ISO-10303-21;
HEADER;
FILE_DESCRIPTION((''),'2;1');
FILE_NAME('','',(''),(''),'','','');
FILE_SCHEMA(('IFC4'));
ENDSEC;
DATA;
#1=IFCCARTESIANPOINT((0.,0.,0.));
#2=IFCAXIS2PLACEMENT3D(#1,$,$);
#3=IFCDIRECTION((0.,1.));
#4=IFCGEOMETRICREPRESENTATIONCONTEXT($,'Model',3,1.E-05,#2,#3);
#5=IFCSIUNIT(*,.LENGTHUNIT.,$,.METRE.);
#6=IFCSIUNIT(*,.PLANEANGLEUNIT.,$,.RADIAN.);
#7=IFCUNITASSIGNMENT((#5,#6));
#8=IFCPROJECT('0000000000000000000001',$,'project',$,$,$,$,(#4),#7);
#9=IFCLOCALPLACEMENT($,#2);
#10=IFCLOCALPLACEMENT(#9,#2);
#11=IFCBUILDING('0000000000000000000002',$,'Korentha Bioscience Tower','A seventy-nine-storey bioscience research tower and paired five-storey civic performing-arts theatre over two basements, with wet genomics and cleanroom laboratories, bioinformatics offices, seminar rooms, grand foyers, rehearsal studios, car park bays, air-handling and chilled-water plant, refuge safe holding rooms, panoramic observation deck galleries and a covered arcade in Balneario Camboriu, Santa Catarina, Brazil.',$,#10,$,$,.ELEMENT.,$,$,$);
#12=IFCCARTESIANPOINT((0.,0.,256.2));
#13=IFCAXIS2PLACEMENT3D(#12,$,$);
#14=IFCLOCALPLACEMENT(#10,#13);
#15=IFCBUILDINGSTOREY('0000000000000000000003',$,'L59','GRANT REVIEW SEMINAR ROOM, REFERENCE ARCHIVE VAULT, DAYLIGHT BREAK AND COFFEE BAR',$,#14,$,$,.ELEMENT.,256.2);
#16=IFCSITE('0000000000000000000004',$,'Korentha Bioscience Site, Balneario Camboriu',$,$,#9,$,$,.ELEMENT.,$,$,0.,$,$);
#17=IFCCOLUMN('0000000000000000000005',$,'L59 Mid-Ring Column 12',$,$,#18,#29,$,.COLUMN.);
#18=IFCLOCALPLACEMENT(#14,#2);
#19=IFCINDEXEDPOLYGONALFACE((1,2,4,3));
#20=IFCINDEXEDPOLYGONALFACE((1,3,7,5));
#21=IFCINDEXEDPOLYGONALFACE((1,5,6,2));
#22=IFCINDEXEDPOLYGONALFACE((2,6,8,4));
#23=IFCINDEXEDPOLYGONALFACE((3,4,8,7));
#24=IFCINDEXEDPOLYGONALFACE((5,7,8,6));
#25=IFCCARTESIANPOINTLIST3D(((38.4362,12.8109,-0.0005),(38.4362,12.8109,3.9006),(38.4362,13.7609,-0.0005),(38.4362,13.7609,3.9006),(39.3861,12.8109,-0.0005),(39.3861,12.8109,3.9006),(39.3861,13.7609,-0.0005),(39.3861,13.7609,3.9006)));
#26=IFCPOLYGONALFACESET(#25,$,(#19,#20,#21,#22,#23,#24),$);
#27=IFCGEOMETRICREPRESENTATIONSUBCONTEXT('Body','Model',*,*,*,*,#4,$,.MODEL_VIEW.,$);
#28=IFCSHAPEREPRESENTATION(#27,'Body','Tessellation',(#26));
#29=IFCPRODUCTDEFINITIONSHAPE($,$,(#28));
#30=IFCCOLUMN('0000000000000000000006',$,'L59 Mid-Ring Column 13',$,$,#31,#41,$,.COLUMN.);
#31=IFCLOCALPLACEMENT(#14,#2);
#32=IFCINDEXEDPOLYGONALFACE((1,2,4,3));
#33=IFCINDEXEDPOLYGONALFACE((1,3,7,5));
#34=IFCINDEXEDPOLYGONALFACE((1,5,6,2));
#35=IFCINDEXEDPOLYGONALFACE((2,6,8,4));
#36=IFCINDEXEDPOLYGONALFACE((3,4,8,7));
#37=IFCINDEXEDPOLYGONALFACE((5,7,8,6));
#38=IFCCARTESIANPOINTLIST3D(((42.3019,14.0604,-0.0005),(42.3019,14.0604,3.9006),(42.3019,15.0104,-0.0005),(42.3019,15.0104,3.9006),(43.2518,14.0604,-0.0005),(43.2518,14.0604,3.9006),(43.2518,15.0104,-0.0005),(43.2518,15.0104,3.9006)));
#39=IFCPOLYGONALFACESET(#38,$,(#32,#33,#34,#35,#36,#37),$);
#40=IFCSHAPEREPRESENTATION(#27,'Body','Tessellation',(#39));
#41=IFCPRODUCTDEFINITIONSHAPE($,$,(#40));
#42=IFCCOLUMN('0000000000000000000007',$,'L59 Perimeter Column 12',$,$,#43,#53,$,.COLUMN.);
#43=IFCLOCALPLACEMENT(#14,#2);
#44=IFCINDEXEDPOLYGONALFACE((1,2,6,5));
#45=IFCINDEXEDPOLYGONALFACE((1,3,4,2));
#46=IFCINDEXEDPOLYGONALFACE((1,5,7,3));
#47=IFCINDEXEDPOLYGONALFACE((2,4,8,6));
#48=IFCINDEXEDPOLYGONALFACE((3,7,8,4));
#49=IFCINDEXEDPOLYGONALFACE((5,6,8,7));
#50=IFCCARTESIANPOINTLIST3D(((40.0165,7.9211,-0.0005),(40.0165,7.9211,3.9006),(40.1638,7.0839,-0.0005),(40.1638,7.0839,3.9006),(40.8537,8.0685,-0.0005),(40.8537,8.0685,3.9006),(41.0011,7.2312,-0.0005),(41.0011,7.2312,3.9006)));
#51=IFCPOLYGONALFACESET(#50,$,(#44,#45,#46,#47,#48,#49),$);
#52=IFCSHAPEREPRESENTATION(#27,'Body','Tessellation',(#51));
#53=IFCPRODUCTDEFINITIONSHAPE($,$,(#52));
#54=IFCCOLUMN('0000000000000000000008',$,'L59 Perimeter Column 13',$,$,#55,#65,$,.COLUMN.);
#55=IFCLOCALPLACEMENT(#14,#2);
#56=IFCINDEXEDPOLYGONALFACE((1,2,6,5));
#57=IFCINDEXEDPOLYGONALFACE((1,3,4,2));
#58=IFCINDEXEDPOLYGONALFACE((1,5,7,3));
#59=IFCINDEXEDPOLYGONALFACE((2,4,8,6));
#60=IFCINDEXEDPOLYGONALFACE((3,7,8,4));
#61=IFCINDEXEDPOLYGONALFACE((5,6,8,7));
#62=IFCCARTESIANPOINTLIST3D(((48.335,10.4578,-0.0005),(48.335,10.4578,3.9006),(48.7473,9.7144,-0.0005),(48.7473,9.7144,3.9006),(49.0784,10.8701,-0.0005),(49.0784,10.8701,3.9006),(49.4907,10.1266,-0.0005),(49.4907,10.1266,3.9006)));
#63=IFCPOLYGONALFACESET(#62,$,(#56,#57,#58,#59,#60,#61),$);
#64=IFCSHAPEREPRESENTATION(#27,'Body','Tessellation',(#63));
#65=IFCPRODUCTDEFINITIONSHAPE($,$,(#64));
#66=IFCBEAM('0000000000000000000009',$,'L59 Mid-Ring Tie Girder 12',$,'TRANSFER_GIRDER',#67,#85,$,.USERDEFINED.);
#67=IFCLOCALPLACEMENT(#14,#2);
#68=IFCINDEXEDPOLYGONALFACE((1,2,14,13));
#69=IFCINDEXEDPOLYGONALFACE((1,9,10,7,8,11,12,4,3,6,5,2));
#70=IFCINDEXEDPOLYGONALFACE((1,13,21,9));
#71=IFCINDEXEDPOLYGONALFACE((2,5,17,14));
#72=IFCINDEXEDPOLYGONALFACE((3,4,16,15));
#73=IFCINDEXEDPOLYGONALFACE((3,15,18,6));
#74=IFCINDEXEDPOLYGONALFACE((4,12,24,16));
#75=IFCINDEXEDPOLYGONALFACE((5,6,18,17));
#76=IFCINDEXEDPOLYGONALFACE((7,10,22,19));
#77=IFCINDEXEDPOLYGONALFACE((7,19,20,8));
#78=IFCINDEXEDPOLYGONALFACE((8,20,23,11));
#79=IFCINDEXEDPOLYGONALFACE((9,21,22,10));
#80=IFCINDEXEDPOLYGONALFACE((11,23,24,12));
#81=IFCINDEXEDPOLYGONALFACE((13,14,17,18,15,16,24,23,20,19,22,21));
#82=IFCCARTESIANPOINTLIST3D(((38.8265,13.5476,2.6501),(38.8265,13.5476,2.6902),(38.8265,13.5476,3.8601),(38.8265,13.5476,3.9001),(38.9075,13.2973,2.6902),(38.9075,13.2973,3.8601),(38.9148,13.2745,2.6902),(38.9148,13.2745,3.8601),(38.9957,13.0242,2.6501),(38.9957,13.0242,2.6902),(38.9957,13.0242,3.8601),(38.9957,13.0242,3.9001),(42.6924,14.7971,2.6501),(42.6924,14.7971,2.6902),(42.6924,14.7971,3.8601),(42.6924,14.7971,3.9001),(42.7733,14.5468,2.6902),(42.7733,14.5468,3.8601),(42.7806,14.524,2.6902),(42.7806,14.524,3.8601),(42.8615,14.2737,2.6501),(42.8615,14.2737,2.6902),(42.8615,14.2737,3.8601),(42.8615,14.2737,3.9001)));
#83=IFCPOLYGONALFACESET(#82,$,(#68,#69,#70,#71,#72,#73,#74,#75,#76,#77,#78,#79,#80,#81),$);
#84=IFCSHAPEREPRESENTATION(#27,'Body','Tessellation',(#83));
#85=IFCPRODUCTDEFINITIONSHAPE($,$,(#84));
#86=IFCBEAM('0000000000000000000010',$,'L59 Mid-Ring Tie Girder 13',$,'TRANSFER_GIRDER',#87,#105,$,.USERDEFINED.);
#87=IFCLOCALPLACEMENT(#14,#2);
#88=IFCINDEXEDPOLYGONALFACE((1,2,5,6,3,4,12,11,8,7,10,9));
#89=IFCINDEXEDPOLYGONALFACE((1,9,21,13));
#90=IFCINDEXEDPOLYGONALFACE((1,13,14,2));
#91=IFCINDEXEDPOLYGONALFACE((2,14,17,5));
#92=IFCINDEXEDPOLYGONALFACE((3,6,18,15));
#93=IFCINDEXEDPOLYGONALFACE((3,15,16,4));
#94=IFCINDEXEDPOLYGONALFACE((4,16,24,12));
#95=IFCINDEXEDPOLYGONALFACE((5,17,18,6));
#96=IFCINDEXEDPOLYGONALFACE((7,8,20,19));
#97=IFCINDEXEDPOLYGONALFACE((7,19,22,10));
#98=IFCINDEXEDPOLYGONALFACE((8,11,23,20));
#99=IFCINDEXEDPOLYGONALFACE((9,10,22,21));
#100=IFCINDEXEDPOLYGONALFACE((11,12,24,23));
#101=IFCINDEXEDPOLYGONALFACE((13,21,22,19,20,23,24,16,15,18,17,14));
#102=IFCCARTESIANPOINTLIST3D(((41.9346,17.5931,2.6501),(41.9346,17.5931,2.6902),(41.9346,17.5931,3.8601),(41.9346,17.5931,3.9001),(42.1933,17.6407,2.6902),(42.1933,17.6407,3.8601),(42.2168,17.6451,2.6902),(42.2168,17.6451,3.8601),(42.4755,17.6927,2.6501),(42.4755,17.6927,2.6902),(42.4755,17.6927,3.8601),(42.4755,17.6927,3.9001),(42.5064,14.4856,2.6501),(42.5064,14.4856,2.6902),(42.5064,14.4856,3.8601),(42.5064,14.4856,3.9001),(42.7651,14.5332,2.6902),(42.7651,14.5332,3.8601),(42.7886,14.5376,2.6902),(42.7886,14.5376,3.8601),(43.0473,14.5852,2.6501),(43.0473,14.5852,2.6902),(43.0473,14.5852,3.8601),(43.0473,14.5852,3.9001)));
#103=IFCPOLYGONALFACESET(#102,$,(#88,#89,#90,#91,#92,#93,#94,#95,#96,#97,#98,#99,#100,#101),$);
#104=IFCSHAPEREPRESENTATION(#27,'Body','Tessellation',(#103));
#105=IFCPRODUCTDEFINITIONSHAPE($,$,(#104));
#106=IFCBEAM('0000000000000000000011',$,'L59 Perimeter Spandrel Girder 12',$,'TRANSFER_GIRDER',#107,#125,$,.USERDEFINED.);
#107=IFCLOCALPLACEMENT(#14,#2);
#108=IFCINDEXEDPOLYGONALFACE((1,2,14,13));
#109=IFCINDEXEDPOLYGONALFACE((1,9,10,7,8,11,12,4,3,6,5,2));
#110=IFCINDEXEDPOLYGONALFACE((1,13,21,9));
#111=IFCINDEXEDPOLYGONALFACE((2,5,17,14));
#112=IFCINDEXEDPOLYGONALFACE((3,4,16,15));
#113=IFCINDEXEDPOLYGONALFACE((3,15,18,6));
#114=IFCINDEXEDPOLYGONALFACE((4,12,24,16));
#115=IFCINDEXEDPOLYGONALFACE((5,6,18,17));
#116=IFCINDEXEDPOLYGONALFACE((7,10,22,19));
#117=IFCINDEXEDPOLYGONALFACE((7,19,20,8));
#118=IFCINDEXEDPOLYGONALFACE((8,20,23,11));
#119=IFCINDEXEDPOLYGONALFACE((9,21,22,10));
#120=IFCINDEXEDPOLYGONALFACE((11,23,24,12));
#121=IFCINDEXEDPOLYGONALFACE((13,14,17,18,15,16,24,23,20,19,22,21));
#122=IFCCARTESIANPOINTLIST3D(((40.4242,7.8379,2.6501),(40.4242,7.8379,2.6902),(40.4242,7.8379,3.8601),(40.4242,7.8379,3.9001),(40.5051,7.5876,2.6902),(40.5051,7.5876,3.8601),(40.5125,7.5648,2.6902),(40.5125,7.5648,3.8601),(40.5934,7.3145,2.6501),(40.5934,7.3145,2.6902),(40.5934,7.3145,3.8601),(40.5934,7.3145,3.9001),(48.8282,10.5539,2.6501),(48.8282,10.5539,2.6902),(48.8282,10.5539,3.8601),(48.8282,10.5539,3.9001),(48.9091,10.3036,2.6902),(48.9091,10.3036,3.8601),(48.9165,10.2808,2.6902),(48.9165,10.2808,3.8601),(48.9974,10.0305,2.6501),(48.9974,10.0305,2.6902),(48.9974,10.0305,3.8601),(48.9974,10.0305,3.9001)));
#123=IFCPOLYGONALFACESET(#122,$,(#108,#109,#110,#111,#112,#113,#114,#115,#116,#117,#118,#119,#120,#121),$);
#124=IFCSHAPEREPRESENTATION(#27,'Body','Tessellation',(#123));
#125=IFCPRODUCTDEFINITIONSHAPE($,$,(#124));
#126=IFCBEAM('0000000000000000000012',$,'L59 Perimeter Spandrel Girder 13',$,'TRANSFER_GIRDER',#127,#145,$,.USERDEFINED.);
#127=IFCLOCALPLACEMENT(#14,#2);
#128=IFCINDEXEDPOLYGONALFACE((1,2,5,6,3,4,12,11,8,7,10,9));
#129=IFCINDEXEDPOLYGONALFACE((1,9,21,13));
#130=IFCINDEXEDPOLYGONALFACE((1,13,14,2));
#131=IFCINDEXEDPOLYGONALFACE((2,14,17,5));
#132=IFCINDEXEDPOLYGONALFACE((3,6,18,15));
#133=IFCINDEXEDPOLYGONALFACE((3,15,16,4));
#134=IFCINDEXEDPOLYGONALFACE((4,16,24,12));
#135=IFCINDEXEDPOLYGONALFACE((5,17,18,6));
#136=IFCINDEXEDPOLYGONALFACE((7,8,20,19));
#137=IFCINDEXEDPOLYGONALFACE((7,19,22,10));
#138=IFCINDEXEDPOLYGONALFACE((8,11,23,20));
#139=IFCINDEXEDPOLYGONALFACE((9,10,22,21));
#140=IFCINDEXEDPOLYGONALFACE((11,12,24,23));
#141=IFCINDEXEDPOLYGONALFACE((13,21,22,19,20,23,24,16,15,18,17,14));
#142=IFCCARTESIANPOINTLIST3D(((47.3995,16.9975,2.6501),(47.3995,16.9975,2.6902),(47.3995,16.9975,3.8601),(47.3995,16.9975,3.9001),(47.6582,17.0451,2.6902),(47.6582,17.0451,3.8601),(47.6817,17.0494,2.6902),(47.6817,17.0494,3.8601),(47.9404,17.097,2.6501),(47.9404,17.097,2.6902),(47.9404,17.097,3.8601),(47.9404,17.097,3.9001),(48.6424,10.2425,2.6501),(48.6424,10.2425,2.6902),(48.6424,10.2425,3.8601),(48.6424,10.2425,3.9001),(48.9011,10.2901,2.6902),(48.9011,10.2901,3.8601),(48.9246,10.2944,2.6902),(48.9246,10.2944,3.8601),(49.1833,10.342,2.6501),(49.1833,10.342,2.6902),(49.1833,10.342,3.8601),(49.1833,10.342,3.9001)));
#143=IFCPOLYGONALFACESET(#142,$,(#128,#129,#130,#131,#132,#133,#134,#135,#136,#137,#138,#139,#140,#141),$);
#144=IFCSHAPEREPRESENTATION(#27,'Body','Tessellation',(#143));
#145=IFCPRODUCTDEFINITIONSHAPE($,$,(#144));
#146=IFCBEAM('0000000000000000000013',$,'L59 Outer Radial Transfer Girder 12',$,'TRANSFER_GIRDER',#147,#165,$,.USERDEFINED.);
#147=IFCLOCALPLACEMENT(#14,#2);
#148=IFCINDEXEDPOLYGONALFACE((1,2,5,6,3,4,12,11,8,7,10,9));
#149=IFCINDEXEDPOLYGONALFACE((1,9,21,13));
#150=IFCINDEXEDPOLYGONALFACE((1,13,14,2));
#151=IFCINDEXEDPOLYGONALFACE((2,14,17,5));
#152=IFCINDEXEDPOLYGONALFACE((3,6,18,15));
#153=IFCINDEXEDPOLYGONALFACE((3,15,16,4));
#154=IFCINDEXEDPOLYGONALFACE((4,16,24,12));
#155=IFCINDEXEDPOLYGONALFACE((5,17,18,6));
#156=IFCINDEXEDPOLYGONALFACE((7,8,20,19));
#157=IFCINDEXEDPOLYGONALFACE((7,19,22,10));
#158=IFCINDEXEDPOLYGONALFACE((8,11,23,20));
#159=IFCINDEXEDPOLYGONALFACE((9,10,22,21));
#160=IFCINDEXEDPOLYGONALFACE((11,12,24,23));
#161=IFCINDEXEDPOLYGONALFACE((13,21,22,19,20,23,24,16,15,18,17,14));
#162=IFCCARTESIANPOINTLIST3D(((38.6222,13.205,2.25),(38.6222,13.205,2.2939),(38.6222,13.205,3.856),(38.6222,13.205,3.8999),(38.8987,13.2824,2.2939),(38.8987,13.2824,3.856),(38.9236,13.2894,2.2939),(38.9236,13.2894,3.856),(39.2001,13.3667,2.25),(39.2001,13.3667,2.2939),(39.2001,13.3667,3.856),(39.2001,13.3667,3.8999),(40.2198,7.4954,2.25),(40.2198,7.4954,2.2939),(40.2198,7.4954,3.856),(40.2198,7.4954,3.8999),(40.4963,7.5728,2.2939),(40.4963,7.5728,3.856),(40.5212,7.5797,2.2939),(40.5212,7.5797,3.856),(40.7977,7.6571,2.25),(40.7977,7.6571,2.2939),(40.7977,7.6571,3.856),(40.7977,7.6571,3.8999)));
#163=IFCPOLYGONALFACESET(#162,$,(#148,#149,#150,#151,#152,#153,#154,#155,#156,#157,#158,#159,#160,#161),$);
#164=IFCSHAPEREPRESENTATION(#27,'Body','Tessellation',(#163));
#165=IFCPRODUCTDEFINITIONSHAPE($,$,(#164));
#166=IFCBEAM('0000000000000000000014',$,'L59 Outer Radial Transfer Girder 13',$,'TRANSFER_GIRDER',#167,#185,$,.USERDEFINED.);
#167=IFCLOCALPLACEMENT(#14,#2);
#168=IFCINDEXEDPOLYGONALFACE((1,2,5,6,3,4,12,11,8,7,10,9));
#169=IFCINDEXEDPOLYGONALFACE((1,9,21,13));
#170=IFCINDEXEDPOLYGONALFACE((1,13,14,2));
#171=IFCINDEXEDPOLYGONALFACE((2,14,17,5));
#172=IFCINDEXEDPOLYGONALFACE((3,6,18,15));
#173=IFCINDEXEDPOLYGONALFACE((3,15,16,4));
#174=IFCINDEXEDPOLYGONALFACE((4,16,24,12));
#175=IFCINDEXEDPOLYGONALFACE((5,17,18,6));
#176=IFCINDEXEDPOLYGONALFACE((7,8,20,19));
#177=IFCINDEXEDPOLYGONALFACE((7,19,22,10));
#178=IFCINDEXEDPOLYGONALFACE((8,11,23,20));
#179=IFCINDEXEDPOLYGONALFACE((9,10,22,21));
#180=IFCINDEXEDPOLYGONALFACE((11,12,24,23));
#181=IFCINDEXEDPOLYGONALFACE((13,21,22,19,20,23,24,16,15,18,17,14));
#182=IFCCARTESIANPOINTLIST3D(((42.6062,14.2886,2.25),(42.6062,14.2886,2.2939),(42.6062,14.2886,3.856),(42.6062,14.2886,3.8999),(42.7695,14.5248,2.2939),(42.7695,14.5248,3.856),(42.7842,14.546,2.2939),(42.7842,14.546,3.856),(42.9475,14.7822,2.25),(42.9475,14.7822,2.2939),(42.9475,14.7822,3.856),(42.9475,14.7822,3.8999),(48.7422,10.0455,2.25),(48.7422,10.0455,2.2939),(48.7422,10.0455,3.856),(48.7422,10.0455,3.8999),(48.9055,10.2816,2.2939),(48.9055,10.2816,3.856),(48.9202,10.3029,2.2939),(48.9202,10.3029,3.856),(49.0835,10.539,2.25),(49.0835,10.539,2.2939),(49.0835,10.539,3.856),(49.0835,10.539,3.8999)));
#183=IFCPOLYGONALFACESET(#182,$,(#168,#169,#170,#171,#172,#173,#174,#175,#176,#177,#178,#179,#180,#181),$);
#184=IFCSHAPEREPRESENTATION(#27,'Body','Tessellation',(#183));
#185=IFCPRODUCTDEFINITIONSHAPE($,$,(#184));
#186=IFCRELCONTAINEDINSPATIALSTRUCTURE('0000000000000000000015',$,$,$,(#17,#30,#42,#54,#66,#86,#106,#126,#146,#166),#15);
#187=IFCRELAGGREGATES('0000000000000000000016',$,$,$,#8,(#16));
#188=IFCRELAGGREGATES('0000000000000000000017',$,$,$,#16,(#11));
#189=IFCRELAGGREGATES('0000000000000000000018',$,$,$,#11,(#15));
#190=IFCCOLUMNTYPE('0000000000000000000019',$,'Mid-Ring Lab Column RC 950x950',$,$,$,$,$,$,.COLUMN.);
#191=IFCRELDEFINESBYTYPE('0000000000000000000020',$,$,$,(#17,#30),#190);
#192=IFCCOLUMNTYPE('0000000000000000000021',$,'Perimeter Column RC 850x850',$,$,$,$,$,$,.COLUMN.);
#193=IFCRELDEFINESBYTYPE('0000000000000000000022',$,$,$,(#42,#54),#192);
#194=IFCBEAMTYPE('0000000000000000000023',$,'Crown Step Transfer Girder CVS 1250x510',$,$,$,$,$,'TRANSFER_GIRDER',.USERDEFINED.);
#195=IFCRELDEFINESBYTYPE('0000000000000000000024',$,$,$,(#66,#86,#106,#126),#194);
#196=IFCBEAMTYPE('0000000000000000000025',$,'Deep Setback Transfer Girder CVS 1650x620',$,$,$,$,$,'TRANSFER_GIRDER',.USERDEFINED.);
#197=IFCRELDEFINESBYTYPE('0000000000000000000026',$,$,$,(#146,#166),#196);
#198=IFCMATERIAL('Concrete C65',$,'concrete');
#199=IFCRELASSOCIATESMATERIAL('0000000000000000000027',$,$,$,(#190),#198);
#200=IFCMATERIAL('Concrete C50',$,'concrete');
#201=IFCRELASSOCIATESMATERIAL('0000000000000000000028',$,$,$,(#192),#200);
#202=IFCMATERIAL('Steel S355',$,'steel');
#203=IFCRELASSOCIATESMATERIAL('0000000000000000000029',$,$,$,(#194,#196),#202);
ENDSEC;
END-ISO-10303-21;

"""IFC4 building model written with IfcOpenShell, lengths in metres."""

from ifc_helpers import new_model, si_unit, direction, frame, origin, origin_2d, place, context, subcontext, project, spatial, rectangle, i_section, extrude, material, material_profile, profile_set, type_object, element, save


model = new_model("IFC4")

# Units and contexts
model_context = context("Model", 3, precision=1e-05, world=origin(), true_north=direction((0.0, 1.0)))
body_context = subcontext(model_context, "Body", "Model", "MODEL_VIEW")
ifc_project = project(units=[si_unit("LENGTHUNIT", "METRE"), si_unit("PLANEANGLEUNIT", "RADIAN")], contexts=[model_context])

# Site, building, storey
site_placement = place(None, origin())
site = spatial("IfcSite", under=ifc_project, at=site_placement, Name="Korentha Bioscience Site, Balneario Camboriu", CompositionType="ELEMENT", RefElevation=0.0)
building_placement = place(site_placement, origin())
building = spatial("IfcBuilding", under=site, at=building_placement, Name="Korentha Bioscience Tower", Description="A seventy-nine-storey bioscience research tower and paired five-storey civic performing-arts theatre over two basements, with wet genomics and cleanroom laboratories, bioinformatics offices, seminar rooms, grand foyers, rehearsal studios, car park bays, air-handling and chilled-water plant, refuge safe holding rooms, panoramic observation deck galleries and a covered arcade in Balneario Camboriu, Santa Catarina, Brazil.", CompositionType="ELEMENT")
storey_placement = place(building_placement, frame((0.0, 0.0, 256.2)))
storey = spatial("IfcBuildingStorey", under=building, at=storey_placement, Name="L59", Description="GRANT REVIEW SEMINAR ROOM, REFERENCE ARCHIVE VAULT, DAYLIGHT BREAK AND COFFEE BAR", CompositionType="ELEMENT", Elevation=256.2)

# Columns
ifc_material_1 = material(Name="Concrete C65", Category="concrete")
ifc_material_profile_1 = material_profile(ifc_material_1, rectangle(XDim=0.95, YDim=0.95, at=origin_2d()), Name="Concrete C65")
ifc_profile_set_1 = profile_set([ifc_material_profile_1], Name="Concrete C65 (COL-MR09)")
column_type_1 = type_object("IfcColumnType", Name="Mid-Ring Lab Column RC 950x950", PredefinedType="COLUMN", material=ifc_profile_set_1)
for number, where, z_axis, x_axis, name in (
    (1, (38.9111, 13.2859, -0.0005), (0.0, 0.0, 1.0), (1.0, 0.0, 0.0), "L59 Mid-Ring Column 12"),
    (2, (42.7769, 14.5354, -0.0005), (0.0, 0.0, 1.0), (1.0, 0.0, 0.0), "L59 Mid-Ring Column 13"),
):
    element("IfcColumn", number, at=place(storey_placement, frame(where, z_axis=z_axis, x_axis=x_axis)), inside=storey, type_object=column_type_1, Name=name, PredefinedType="COLUMN", context=body_context, shape_type="SweptSolid", body=[
        extrude(rectangle(XDim=0.95, YDim=0.95, at=origin_2d()), origin(), (0.0, 0.0, 1.0), 3.9011),
    ])
ifc_material_2 = material(Name="Concrete C50", Category="concrete")
ifc_material_profile_2 = material_profile(ifc_material_2, rectangle(XDim=0.8501, YDim=0.8501, at=origin_2d()), Name="Concrete C50")
ifc_profile_set_2 = profile_set([ifc_material_profile_2], Name="Concrete C50 (COL-P08)")
column_type_2 = type_object("IfcColumnType", Name="Perimeter Column RC 850x850", PredefinedType="COLUMN", material=ifc_profile_set_2)
for number, where, z_axis, x_axis, name in (
    (3, (40.5088, 7.5762, -0.0005), (0.0, 0.0, 1.0), (0.984868, 0.173304, 0.0), "L59 Perimeter Column 12"),
    (4, (48.9128, 10.2922, -0.0005), (0.0, 0.0, 1.0), (0.874535, 0.484962, 0.0), "L59 Perimeter Column 13"),
):
    element("IfcColumn", number, at=place(storey_placement, frame(where, z_axis=z_axis, x_axis=x_axis)), inside=storey, type_object=column_type_2, Name=name, PredefinedType="COLUMN", context=body_context, shape_type="SweptSolid", body=[
        extrude(rectangle(XDim=0.8501, YDim=0.8501, at=origin_2d()), origin(), (0.0, 0.0, 1.0), 3.9011),
    ])

# Beams
ifc_material_3 = material(Name="Steel S355", Category="steel")
ifc_material_profile_3 = material_profile(ifc_material_3, i_section(OverallWidth=0.55, OverallDepth=1.25, WebThickness=0.0239, FlangeThickness=0.04, at=origin_2d()), Name="Steel S355")
ifc_profile_set_3 = profile_set([ifc_material_profile_3], Name="Steel S355 (TG-03)")
beam_type_1 = type_object("IfcBeamType", Name="Crown Step Transfer Girder CVS 1250x510", ElementType="TRANSFER_GIRDER", PredefinedType="USERDEFINED", material=ifc_profile_set_3)
beam_1_placement = place(storey_placement, frame((38.9111, 13.2859, 3.2751), z_axis=(0.951528, 0.307561, 0.0), x_axis=(-0.307561, 0.951528, 0.0)))
element("IfcBeam", 5, at=beam_1_placement, inside=storey, type_object=beam_type_1, Name="L59 Mid-Ring Tie Girder 12", ObjectType="TRANSFER_GIRDER", PredefinedType="USERDEFINED", context=body_context, shape_type="SweptSolid", body=[
    extrude(i_section(OverallWidth=0.55, OverallDepth=1.25, WebThickness=0.0239, FlangeThickness=0.04, at=origin_2d()), origin(), (0.0, 0.0, 1.0), 4.0627),
])
beam_2_placement = place(storey_placement, frame((42.7769, 14.5354, 3.2751), z_axis=(-0.180966, 0.983489, 0.0), x_axis=(-0.983489, -0.180966, 0.0)))
element("IfcBeam", 6, at=beam_2_placement, inside=storey, type_object=beam_type_1, Name="L59 Mid-Ring Tie Girder 13", ObjectType="TRANSFER_GIRDER", PredefinedType="USERDEFINED", context=body_context, shape_type="SweptSolid", body=[
    extrude(i_section(OverallWidth=0.55, OverallDepth=1.25, WebThickness=0.0239, FlangeThickness=0.04, at=origin_2d()), origin(), (0.0, 0.0, 1.0), 3.1597),
])
beam_3_placement = place(storey_placement, frame((40.5088, 7.5762, 3.2751), z_axis=(0.95154, 0.307524, 0.0), x_axis=(-0.307524, 0.95154, 0.0)))
element("IfcBeam", 7, at=beam_3_placement, inside=storey, type_object=beam_type_1, Name="L59 Perimeter Spandrel Girder 12", ObjectType="TRANSFER_GIRDER", PredefinedType="USERDEFINED", context=body_context, shape_type="SweptSolid", body=[
    extrude(i_section(OverallWidth=0.55, OverallDepth=1.25, WebThickness=0.0239, FlangeThickness=0.04, at=origin_2d()), origin(), (0.0, 0.0, 1.0), 8.832),
])
beam_4_placement = place(storey_placement, frame((48.9128, 10.2922, 3.2751), z_axis=(-0.180959, 0.983491, 0.0), x_axis=(-0.983491, -0.180959, 0.0)))
element("IfcBeam", 8, at=beam_4_placement, inside=storey, type_object=beam_type_1, Name="L59 Perimeter Spandrel Girder 13", ObjectType="TRANSFER_GIRDER", PredefinedType="USERDEFINED", context=body_context, shape_type="SweptSolid", body=[
    extrude(i_section(OverallWidth=0.55, OverallDepth=1.25, WebThickness=0.0239, FlangeThickness=0.04, at=origin_2d()), origin(), (0.0, 0.0, 1.0), 6.8684),
])
ifc_material_profile_4 = material_profile(ifc_material_3, i_section(OverallWidth=0.6001, OverallDepth=1.6499, WebThickness=0.0259, FlangeThickness=0.0439, at=origin_2d()), Name="Steel S355")
ifc_profile_set_4 = profile_set([ifc_material_profile_4], Name="Steel S355 (TG-04)")
beam_type_2 = type_object("IfcBeamType", Name="Deep Setback Transfer Girder CVS 1650x620", ElementType="TRANSFER_GIRDER", PredefinedType="USERDEFINED", material=ifc_profile_set_4)
beam_5_placement = place(storey_placement, frame((38.9111, 13.2859, 3.075), z_axis=(0.269463, -0.963011, 0.0), x_axis=(0.963011, 0.269463, 0.0)))
element("IfcBeam", 9, at=beam_5_placement, inside=storey, type_object=beam_type_2, Name="L59 Outer Radial Transfer Girder 12", ObjectType="TRANSFER_GIRDER", PredefinedType="USERDEFINED", context=body_context, shape_type="SweptSolid", body=[
    extrude(i_section(OverallWidth=0.6001, OverallDepth=1.6499, WebThickness=0.0259, FlangeThickness=0.0439, at=origin_2d()), origin(), (0.0, 0.0, 1.0), 5.929),
])
beam_6_placement = place(storey_placement, frame((42.7769, 14.5354, 3.075), z_axis=(0.822495, -0.568773, 0.0), x_axis=(0.568773, 0.822495, 0.0)))
element("IfcBeam", 10, at=beam_6_placement, inside=storey, type_object=beam_type_2, Name="L59 Outer Radial Transfer Girder 13", ObjectType="TRANSFER_GIRDER", PredefinedType="USERDEFINED", context=body_context, shape_type="SweptSolid", body=[
    extrude(i_section(OverallWidth=0.6001, OverallDepth=1.6499, WebThickness=0.0259, FlangeThickness=0.0439, at=origin_2d()), origin(), (0.0, 0.0, 1.0), 7.4602),
])

save(model, "model.ifc")
